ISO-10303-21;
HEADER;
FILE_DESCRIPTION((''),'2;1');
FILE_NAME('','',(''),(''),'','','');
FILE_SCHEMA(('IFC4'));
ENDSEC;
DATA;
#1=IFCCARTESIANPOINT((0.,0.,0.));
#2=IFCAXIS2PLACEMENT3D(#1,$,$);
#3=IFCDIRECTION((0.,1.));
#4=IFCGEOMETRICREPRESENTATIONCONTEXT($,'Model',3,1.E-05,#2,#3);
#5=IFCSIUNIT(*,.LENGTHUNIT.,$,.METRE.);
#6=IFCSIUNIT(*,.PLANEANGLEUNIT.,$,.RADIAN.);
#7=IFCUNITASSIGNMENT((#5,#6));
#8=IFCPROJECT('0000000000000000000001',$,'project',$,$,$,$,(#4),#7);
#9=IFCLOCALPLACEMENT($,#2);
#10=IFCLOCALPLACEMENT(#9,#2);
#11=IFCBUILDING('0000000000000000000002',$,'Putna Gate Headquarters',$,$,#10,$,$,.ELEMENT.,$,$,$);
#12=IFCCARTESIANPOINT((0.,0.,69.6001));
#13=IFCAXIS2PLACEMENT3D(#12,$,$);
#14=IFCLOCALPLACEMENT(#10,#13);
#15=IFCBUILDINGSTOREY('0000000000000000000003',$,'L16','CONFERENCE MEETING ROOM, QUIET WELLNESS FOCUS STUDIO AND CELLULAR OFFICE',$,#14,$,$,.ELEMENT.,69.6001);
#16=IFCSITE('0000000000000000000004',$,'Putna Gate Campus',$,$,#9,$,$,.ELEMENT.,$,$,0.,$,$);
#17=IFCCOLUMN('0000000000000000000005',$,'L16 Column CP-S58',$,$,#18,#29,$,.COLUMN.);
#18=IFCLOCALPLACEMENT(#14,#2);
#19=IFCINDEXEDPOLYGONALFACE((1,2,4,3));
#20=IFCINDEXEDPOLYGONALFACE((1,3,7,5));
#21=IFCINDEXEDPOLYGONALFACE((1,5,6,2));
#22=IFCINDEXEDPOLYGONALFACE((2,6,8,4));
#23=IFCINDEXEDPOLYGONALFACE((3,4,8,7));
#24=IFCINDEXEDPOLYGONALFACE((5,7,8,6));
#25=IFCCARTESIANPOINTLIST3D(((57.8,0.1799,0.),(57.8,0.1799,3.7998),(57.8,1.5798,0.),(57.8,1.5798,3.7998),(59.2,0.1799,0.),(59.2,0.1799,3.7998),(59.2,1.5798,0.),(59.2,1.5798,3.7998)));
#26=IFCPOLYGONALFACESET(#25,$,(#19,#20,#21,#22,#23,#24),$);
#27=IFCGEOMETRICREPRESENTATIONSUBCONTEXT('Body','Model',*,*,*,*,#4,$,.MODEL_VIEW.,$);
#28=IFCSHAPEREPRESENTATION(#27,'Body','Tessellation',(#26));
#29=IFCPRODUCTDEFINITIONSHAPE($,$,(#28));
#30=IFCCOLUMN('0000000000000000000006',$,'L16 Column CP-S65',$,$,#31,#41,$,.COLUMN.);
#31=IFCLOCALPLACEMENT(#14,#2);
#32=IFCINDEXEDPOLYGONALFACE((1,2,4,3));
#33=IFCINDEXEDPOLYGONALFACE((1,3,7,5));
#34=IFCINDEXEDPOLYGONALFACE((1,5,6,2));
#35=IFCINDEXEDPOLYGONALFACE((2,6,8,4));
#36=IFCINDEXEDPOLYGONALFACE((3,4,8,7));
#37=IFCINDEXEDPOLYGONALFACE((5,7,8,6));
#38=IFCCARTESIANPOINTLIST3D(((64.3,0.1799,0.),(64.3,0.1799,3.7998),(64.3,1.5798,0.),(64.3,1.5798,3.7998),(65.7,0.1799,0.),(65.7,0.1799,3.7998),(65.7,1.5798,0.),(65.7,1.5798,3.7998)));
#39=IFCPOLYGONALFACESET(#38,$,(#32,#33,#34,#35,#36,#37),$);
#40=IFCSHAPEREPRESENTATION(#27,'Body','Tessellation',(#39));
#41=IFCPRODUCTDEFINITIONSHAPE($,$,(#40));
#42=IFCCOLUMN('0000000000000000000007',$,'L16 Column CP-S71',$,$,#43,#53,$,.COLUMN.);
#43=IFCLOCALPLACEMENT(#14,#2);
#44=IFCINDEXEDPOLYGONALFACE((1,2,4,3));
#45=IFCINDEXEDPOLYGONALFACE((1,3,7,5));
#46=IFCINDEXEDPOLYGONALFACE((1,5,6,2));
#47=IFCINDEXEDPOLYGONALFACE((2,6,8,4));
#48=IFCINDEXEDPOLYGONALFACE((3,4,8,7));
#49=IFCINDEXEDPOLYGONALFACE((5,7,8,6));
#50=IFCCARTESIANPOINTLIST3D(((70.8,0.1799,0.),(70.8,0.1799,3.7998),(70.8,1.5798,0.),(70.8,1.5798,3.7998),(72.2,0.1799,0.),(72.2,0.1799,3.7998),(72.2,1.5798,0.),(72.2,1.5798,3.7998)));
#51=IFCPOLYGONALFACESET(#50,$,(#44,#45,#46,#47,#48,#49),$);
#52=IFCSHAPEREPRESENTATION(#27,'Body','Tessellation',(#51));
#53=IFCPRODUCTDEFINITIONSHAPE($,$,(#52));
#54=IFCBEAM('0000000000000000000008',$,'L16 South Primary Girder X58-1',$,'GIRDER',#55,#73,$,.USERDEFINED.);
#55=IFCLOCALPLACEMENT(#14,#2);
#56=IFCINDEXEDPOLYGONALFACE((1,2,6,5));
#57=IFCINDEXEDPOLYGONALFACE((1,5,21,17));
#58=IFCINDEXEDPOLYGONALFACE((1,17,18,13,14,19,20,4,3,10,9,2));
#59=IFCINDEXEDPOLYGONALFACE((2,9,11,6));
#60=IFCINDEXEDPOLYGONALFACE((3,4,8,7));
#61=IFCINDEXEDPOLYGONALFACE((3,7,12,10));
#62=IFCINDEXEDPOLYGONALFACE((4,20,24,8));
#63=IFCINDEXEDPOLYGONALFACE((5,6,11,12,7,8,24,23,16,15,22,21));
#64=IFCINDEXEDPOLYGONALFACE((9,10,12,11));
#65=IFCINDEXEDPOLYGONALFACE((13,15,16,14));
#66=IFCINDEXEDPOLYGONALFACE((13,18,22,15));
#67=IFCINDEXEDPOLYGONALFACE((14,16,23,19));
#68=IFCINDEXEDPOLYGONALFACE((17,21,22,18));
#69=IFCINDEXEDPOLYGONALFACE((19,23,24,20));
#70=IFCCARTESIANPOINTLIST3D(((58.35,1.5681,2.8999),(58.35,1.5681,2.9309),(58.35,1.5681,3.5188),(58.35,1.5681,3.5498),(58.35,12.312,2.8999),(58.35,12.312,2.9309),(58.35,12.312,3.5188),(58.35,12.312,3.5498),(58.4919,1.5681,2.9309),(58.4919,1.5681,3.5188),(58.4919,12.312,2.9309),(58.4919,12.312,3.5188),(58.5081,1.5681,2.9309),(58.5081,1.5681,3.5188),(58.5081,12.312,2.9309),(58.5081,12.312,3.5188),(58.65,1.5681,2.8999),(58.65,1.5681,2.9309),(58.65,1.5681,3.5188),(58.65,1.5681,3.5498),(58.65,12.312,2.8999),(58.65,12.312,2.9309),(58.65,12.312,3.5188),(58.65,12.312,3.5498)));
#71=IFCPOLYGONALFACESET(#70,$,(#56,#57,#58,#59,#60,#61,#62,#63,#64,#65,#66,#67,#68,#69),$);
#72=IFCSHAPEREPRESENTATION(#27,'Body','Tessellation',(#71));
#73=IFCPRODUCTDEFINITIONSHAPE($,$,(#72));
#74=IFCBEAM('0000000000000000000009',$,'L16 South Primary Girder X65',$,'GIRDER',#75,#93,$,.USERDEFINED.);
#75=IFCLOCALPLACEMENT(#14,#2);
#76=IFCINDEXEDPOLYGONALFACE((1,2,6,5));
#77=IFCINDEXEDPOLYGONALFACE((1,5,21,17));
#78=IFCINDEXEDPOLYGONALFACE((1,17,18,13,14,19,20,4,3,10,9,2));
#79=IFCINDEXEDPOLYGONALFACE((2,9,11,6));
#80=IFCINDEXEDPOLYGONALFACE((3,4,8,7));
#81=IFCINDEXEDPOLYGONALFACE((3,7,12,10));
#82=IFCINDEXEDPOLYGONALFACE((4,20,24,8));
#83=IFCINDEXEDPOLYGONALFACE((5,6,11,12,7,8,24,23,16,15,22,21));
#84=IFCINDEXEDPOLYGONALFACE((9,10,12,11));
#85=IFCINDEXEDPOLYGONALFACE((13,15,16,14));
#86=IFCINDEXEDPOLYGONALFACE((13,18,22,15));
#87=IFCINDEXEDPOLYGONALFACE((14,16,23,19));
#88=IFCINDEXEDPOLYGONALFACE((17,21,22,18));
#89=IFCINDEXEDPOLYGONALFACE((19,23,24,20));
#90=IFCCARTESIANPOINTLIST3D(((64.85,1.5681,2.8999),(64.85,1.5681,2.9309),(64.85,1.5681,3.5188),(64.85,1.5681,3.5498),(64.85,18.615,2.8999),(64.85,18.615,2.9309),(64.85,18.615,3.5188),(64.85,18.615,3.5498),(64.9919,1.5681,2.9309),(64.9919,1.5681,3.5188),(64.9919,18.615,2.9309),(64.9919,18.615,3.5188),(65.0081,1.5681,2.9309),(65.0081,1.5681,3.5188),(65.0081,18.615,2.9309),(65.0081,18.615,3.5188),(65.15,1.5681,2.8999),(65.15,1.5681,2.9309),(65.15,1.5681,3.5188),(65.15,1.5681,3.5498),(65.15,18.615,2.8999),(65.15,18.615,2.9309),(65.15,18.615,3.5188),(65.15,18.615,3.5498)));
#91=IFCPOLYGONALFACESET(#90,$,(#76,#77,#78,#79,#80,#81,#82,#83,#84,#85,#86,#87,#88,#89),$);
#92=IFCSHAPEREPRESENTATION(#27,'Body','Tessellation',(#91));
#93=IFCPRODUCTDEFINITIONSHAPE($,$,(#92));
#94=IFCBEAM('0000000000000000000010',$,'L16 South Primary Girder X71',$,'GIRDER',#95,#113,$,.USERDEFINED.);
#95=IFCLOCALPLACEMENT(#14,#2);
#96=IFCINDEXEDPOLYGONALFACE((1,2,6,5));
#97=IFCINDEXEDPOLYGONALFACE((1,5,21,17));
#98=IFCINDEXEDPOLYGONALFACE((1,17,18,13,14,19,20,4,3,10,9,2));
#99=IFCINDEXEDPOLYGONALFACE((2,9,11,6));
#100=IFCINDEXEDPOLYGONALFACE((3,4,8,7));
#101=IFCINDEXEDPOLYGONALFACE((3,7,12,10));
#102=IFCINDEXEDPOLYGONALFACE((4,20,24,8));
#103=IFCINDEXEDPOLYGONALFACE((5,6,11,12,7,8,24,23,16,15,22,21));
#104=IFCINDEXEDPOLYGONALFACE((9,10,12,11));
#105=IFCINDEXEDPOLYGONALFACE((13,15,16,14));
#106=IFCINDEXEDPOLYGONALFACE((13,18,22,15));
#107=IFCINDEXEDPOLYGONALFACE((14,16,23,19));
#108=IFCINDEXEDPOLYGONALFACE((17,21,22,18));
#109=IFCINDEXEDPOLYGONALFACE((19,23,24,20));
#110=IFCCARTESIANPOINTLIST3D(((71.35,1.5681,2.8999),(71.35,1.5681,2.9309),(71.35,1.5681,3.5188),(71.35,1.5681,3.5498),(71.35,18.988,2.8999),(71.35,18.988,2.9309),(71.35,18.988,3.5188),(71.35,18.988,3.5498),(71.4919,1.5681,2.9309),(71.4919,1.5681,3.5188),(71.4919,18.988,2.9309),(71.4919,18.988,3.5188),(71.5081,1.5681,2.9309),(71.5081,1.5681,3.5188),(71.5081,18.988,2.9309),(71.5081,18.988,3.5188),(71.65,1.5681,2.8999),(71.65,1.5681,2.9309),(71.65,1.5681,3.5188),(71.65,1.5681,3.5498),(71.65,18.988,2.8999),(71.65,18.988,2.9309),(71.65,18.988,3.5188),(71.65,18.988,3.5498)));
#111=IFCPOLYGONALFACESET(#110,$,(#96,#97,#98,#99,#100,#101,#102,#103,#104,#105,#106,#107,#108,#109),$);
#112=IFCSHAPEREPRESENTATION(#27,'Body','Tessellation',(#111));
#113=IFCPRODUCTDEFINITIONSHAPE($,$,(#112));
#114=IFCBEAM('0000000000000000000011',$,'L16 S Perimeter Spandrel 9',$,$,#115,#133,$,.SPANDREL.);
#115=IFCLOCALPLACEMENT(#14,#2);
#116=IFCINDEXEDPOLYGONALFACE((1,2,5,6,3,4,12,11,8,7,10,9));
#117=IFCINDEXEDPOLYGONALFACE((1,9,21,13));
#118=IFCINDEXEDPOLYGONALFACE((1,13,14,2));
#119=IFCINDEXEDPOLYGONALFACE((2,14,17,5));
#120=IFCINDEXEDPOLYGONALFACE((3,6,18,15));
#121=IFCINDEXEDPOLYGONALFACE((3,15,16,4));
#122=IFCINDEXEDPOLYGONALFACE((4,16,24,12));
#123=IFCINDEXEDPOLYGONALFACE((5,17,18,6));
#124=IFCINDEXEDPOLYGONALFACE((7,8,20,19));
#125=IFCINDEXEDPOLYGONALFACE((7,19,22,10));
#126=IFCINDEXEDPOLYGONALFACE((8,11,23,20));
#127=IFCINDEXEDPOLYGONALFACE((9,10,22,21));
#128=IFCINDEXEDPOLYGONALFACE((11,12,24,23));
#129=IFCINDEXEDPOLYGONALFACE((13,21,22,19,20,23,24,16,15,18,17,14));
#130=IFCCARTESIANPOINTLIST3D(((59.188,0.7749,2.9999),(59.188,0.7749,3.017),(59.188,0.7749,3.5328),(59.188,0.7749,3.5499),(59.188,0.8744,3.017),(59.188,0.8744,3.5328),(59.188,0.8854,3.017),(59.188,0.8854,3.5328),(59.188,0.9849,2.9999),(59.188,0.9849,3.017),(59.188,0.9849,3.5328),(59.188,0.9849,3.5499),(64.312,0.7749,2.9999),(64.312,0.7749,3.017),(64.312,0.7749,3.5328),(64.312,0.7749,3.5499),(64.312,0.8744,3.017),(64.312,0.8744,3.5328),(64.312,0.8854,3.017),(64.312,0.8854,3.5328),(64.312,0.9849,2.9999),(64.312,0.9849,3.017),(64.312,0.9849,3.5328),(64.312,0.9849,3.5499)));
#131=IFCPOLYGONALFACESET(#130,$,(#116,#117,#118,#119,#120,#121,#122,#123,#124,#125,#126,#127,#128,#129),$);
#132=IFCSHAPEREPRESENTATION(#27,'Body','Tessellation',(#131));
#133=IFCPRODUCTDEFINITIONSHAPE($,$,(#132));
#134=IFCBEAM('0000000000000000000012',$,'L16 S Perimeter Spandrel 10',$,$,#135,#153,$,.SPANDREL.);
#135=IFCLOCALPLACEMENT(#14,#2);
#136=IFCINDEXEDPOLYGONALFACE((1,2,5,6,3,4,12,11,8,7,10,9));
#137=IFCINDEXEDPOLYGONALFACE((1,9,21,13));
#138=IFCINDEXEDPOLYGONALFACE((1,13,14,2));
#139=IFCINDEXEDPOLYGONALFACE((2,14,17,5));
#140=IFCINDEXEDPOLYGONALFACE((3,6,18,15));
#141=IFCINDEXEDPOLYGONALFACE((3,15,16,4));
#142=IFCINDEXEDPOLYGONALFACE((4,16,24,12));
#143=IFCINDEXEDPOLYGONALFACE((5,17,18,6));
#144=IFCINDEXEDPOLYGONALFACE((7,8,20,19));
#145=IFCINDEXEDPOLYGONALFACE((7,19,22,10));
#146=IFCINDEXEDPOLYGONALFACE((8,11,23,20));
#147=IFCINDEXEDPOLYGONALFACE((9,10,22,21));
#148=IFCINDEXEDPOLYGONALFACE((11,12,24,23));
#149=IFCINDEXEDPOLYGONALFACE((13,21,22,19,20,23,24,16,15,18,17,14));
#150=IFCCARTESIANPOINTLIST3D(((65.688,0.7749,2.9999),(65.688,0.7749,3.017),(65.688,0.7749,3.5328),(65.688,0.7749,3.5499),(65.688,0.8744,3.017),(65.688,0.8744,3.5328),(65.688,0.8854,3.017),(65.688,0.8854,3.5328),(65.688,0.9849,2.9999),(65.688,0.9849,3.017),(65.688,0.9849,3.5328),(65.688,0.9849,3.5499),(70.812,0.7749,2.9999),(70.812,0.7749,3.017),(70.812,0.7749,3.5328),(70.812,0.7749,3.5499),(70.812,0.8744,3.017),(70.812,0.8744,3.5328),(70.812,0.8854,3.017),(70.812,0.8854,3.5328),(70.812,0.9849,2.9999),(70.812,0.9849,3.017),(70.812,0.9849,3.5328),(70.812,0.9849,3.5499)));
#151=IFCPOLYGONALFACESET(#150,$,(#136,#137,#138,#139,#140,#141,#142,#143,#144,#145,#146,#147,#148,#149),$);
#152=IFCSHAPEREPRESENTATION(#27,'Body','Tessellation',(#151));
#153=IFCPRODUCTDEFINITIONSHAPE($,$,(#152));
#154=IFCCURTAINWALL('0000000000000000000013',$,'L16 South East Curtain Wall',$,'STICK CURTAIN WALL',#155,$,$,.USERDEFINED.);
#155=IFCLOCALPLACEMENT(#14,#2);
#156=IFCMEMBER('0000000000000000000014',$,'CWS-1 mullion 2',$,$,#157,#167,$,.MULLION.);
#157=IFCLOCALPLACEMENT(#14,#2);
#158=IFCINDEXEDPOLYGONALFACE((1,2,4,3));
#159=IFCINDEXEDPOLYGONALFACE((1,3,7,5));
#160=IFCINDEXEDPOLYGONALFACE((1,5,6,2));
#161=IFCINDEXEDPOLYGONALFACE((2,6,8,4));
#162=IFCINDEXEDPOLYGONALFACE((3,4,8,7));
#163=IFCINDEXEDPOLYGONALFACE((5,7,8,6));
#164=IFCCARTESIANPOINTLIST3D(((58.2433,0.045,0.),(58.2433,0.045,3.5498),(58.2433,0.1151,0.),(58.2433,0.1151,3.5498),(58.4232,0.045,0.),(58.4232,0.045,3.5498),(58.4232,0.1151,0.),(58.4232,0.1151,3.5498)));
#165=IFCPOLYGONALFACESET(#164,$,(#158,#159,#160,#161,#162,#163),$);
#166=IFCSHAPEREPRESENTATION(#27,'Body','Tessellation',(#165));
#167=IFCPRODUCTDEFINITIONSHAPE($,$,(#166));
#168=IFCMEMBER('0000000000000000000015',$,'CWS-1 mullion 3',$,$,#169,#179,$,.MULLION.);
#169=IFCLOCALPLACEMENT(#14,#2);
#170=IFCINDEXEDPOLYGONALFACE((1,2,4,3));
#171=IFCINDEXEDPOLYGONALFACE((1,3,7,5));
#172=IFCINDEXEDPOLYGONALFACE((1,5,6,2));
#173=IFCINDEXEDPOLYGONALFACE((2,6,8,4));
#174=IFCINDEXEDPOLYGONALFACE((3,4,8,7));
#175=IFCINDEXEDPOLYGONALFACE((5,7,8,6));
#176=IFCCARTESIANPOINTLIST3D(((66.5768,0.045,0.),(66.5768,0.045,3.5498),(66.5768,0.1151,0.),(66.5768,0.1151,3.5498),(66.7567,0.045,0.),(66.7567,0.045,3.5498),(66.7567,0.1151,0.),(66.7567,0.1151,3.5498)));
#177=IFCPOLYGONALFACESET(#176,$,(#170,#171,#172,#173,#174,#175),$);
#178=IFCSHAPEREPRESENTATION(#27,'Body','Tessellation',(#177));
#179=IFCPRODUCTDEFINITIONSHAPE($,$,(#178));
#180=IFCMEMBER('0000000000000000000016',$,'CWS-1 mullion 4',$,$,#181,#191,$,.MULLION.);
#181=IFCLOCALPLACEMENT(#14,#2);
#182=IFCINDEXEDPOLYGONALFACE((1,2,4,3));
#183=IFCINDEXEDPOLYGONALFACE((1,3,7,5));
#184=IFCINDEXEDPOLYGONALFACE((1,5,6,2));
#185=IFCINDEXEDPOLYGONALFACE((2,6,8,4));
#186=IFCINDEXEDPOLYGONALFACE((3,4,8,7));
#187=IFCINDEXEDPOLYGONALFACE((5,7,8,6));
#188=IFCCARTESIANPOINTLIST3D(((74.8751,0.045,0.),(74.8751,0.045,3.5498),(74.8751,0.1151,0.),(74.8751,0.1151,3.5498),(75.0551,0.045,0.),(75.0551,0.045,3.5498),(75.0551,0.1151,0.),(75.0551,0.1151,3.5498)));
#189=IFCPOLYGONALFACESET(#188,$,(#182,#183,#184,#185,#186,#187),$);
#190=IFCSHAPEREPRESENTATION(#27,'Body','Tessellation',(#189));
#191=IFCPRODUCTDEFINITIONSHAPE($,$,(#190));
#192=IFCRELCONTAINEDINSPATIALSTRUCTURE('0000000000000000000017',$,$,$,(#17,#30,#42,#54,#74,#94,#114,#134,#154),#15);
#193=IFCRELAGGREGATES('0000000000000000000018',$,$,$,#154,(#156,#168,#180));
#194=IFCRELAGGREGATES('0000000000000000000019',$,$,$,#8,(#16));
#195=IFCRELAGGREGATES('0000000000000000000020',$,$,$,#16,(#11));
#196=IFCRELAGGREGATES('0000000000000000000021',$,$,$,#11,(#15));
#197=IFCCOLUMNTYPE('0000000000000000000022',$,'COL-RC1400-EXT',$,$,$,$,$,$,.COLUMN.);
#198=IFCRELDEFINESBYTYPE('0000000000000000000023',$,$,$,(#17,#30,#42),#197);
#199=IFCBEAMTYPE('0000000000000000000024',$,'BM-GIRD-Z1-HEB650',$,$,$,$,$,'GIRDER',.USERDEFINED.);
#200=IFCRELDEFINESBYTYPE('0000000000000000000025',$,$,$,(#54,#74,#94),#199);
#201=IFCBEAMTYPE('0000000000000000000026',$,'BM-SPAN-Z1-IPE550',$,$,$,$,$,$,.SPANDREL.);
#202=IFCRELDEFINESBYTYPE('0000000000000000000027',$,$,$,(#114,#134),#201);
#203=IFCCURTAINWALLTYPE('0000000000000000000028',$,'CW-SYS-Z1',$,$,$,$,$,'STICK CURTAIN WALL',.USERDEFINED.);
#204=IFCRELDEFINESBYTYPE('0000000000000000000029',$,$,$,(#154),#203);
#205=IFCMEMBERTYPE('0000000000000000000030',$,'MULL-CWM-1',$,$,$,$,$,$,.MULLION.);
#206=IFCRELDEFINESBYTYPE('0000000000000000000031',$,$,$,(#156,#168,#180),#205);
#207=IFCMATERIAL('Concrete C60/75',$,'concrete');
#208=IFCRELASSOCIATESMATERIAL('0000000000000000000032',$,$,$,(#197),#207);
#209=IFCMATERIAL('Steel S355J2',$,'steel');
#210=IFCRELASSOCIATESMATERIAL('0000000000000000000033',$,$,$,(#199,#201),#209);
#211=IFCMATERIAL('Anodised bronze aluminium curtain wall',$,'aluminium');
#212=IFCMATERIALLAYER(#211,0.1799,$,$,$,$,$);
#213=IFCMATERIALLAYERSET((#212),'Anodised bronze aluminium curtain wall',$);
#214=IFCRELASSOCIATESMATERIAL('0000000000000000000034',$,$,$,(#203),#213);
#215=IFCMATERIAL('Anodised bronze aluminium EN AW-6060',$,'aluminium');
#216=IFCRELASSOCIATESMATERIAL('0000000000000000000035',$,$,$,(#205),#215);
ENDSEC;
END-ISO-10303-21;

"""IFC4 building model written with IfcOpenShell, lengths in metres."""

from ifc_helpers import new_model, si_unit, direction, frame, origin, origin_2d, place, context, subcontext, project, spatial, rectangle, i_section, extrude, material, layer, layer_set, material_profile, profile_set, type_object, element, aggregate, save


model = new_model("IFC4")

# Units and contexts
model_context = context("Model", 3, precision=1e-05, world=origin(), true_north=direction((0.0, 1.0)))
body_context = subcontext(model_context, "Body", "Model", "MODEL_VIEW")
ifc_project = project(units=[si_unit("LENGTHUNIT", "METRE"), si_unit("PLANEANGLEUNIT", "RADIAN")], contexts=[model_context])

# Site, building, storey
site_placement = place(None, origin())
site = spatial("IfcSite", under=ifc_project, at=site_placement, Name="Putna Gate Campus", CompositionType="ELEMENT", RefElevation=0.0)
building_placement = place(site_placement, origin())
building = spatial("IfcBuilding", under=site, at=building_placement, Name="Putna Gate Headquarters", CompositionType="ELEMENT")
storey_placement = place(building_placement, frame((0.0, 0.0, 69.6001)))
storey = spatial("IfcBuildingStorey", under=building, at=storey_placement, Name="L16", Description="CONFERENCE MEETING ROOM, QUIET WELLNESS FOCUS STUDIO AND CELLULAR OFFICE", CompositionType="ELEMENT", Elevation=69.6001)

# Columns
ifc_material_1 = material(Name="Concrete C60/75", Category="concrete")
ifc_material_profile_1 = material_profile(ifc_material_1, rectangle(XDim=1.3999, YDim=1.3999, at=origin_2d()), Name="Concrete C60/75")
ifc_profile_set_1 = profile_set([ifc_material_profile_1], Name="Concrete C60/75")
column_type = type_object("IfcColumnType", Name="COL-RC1400-EXT", PredefinedType="COLUMN", material=ifc_profile_set_1)
for number, where, z_axis, x_axis, name in (
    (1, (58.5, 0.8799, 0.0), (0.0, 0.0, 1.0), (1.0, 0.0, 0.0), "L16 Column CP-S58"),
    (2, (65.0, 0.8799, 0.0), (0.0, 0.0, 1.0), (1.0, 0.0, 0.0), "L16 Column CP-S65"),
    (3, (71.5, 0.8799, 0.0), (0.0, 0.0, 1.0), (1.0, 0.0, 0.0), "L16 Column CP-S71"),
):
    element("IfcColumn", number, at=place(storey_placement, frame(where, z_axis=z_axis, x_axis=x_axis)), inside=storey, type_object=column_type, Name=name, PredefinedType="COLUMN", context=body_context, shape_type="SweptSolid", body=[
        extrude(rectangle(XDim=1.3999, YDim=1.3999, at=origin_2d()), origin(), (0.0, 0.0, 1.0), 3.7998),
    ])

# Beams
ifc_material_2 = material(Name="Steel S355J2", Category="steel")
ifc_material_profile_2 = material_profile(ifc_material_2, i_section(OverallWidth=0.3, OverallDepth=0.6499, WebThickness=0.0161, FlangeThickness=0.031, at=origin_2d()), Name="Steel S355J2")
ifc_profile_set_2 = profile_set([ifc_material_profile_2], Name="Steel S355J2")
beam_type_1 = type_object("IfcBeamType", Name="BM-GIRD-Z1-HEB650", ElementType="GIRDER", PredefinedType="USERDEFINED", material=ifc_profile_set_2)
beam_1_placement = place(storey_placement, frame((58.5, 1.5681, 3.2249), z_axis=(0.0, 1.0, 0.0), x_axis=(-1.0, 0.0, 0.0)))
element("IfcBeam", 4, at=beam_1_placement, inside=storey, type_object=beam_type_1, Name="L16 South Primary Girder X58-1", ObjectType="GIRDER", PredefinedType="USERDEFINED", context=body_context, shape_type="SweptSolid", body=[
    extrude(i_section(OverallWidth=0.3, OverallDepth=0.6499, WebThickness=0.0161, FlangeThickness=0.031, at=origin_2d()), origin(), (0.0, 0.0, 1.0), 10.7439),
])
beam_2_placement = place(storey_placement, frame((65.0, 1.5681, 3.2249), z_axis=(0.0, 1.0, 0.0), x_axis=(-1.0, 0.0, 0.0)))
element("IfcBeam", 5, at=beam_2_placement, inside=storey, type_object=beam_type_1, Name="L16 South Primary Girder X65", ObjectType="GIRDER", PredefinedType="USERDEFINED", context=body_context, shape_type="SweptSolid", body=[
    extrude(i_section(OverallWidth=0.3, OverallDepth=0.6499, WebThickness=0.0161, FlangeThickness=0.031, at=origin_2d()), origin(), (0.0, 0.0, 1.0), 17.0469),
])
beam_3_placement = place(storey_placement, frame((71.5, 1.5681, 3.2249), z_axis=(0.0, 1.0, 0.0), x_axis=(-1.0, 0.0, 0.0)))
element("IfcBeam", 6, at=beam_3_placement, inside=storey, type_object=beam_type_1, Name="L16 South Primary Girder X71", ObjectType="GIRDER", PredefinedType="USERDEFINED", context=body_context, shape_type="SweptSolid", body=[
    extrude(i_section(OverallWidth=0.3, OverallDepth=0.6499, WebThickness=0.0161, FlangeThickness=0.031, at=origin_2d()), origin(), (0.0, 0.0, 1.0), 17.4199),
])
ifc_material_profile_3 = material_profile(ifc_material_2, i_section(OverallWidth=0.21, OverallDepth=0.55, WebThickness=0.011, FlangeThickness=0.0171, at=origin_2d()), Name="Steel S355J2")
ifc_profile_set_3 = profile_set([ifc_material_profile_3], Name="Steel S355J2")
beam_type_2 = type_object("IfcBeamType", Name="BM-SPAN-Z1-IPE550", PredefinedType="SPANDREL", material=ifc_profile_set_3)
for number, where, z_axis, x_axis, name in (
    (7, (59.188, 0.8799, 3.2749), (1.0, 0.0, 0.0), (0.0, 1.0, 0.0), "L16 S Perimeter Spandrel 9"),
    (8, (65.688, 0.8799, 3.2749), (1.0, 0.0, 0.0), (0.0, 1.0, 0.0), "L16 S Perimeter Spandrel 10"),
):
    element("IfcBeam", number, at=place(storey_placement, frame(where, z_axis=z_axis, x_axis=x_axis)), inside=storey, type_object=beam_type_2, Name=name, PredefinedType="SPANDREL", context=body_context, shape_type="SweptSolid", body=[
        extrude(i_section(OverallWidth=0.21, OverallDepth=0.55, WebThickness=0.011, FlangeThickness=0.0171, at=origin_2d()), origin(), (0.0, 0.0, 1.0), 5.124),
    ])

# Curtain wall, members
ifc_material_3 = material(Name="Anodised bronze aluminium curtain wall", Category="aluminium")
ifc_layer_1 = layer(ifc_material_3, 0.1799)
ifc_layer_set_1 = layer_set([ifc_layer_1], Name="Anodised bronze aluminium curtain wall")
curtain_wall_type = type_object("IfcCurtainWallType", Name="CW-SYS-Z1", ElementType="STICK CURTAIN WALL", PredefinedType="USERDEFINED", material=ifc_layer_set_1)
curtain_wall_1_placement = place(storey_placement, origin())
curtain_wall_1 = element("IfcCurtainWall", 9, at=curtain_wall_1_placement, inside=storey, type_object=curtain_wall_type, Name="L16 South East Curtain Wall", ObjectType="STICK CURTAIN WALL", PredefinedType="USERDEFINED")
ifc_material_4 = material(Name="Anodised bronze aluminium EN AW-6060", Category="aluminium")
ifc_material_profile_4 = material_profile(ifc_material_4, rectangle(XDim=0.0701, YDim=0.1799, at=origin_2d()), Name="Anodised bronze aluminium EN AW-6060")
ifc_profile_set_4 = profile_set([ifc_material_profile_4], Name="Anodised bronze aluminium EN AW-6060")
member_type_1 = type_object("IfcMemberType", Name="MULL-CWM-1", PredefinedType="MULLION", material=ifc_profile_set_4)
member_1_placement = place(storey_placement, frame((58.3333, 0.0801, 0.0), z_axis=(0.0, 0.0, 1.0), x_axis=(0.0, 1.0, 0.0)))
member_1 = element("IfcMember", 10, at=member_1_placement, type_object=member_type_1, Name="CWS-1 mullion 2", PredefinedType="MULLION", context=body_context, shape_type="SweptSolid", body=[
    extrude(rectangle(XDim=0.0701, YDim=0.1799, at=origin_2d()), origin(), (0.0, 0.0, 1.0), 3.5498),
])
member_2_placement = place(storey_placement, frame((66.6667, 0.0801, 0.0), z_axis=(0.0, 0.0, 1.0), x_axis=(0.0, 1.0, 0.0)))
member_2 = element("IfcMember", 11, at=member_2_placement, type_object=member_type_1, Name="CWS-1 mullion 3", PredefinedType="MULLION", context=body_context, shape_type="SweptSolid", body=[
    extrude(rectangle(XDim=0.0701, YDim=0.1799, at=origin_2d()), origin(), (0.0, 0.0, 1.0), 3.5498),
])
member_3_placement = place(storey_placement, frame((74.9651, 0.0801, 0.0), z_axis=(0.0, 0.0, 1.0), x_axis=(0.0, 1.0, 0.0)))
member_3 = element("IfcMember", 12, at=member_3_placement, type_object=member_type_1, Name="CWS-1 mullion 4", PredefinedType="MULLION", context=body_context, shape_type="SweptSolid", body=[
    extrude(rectangle(XDim=0.0701, YDim=0.1799, at=origin_2d()), origin(), (0.0, 0.0, 1.0), 3.5498),
])

aggregate(curtain_wall_1, [member_1, member_2, member_3])

save(model, "model.ifc")
